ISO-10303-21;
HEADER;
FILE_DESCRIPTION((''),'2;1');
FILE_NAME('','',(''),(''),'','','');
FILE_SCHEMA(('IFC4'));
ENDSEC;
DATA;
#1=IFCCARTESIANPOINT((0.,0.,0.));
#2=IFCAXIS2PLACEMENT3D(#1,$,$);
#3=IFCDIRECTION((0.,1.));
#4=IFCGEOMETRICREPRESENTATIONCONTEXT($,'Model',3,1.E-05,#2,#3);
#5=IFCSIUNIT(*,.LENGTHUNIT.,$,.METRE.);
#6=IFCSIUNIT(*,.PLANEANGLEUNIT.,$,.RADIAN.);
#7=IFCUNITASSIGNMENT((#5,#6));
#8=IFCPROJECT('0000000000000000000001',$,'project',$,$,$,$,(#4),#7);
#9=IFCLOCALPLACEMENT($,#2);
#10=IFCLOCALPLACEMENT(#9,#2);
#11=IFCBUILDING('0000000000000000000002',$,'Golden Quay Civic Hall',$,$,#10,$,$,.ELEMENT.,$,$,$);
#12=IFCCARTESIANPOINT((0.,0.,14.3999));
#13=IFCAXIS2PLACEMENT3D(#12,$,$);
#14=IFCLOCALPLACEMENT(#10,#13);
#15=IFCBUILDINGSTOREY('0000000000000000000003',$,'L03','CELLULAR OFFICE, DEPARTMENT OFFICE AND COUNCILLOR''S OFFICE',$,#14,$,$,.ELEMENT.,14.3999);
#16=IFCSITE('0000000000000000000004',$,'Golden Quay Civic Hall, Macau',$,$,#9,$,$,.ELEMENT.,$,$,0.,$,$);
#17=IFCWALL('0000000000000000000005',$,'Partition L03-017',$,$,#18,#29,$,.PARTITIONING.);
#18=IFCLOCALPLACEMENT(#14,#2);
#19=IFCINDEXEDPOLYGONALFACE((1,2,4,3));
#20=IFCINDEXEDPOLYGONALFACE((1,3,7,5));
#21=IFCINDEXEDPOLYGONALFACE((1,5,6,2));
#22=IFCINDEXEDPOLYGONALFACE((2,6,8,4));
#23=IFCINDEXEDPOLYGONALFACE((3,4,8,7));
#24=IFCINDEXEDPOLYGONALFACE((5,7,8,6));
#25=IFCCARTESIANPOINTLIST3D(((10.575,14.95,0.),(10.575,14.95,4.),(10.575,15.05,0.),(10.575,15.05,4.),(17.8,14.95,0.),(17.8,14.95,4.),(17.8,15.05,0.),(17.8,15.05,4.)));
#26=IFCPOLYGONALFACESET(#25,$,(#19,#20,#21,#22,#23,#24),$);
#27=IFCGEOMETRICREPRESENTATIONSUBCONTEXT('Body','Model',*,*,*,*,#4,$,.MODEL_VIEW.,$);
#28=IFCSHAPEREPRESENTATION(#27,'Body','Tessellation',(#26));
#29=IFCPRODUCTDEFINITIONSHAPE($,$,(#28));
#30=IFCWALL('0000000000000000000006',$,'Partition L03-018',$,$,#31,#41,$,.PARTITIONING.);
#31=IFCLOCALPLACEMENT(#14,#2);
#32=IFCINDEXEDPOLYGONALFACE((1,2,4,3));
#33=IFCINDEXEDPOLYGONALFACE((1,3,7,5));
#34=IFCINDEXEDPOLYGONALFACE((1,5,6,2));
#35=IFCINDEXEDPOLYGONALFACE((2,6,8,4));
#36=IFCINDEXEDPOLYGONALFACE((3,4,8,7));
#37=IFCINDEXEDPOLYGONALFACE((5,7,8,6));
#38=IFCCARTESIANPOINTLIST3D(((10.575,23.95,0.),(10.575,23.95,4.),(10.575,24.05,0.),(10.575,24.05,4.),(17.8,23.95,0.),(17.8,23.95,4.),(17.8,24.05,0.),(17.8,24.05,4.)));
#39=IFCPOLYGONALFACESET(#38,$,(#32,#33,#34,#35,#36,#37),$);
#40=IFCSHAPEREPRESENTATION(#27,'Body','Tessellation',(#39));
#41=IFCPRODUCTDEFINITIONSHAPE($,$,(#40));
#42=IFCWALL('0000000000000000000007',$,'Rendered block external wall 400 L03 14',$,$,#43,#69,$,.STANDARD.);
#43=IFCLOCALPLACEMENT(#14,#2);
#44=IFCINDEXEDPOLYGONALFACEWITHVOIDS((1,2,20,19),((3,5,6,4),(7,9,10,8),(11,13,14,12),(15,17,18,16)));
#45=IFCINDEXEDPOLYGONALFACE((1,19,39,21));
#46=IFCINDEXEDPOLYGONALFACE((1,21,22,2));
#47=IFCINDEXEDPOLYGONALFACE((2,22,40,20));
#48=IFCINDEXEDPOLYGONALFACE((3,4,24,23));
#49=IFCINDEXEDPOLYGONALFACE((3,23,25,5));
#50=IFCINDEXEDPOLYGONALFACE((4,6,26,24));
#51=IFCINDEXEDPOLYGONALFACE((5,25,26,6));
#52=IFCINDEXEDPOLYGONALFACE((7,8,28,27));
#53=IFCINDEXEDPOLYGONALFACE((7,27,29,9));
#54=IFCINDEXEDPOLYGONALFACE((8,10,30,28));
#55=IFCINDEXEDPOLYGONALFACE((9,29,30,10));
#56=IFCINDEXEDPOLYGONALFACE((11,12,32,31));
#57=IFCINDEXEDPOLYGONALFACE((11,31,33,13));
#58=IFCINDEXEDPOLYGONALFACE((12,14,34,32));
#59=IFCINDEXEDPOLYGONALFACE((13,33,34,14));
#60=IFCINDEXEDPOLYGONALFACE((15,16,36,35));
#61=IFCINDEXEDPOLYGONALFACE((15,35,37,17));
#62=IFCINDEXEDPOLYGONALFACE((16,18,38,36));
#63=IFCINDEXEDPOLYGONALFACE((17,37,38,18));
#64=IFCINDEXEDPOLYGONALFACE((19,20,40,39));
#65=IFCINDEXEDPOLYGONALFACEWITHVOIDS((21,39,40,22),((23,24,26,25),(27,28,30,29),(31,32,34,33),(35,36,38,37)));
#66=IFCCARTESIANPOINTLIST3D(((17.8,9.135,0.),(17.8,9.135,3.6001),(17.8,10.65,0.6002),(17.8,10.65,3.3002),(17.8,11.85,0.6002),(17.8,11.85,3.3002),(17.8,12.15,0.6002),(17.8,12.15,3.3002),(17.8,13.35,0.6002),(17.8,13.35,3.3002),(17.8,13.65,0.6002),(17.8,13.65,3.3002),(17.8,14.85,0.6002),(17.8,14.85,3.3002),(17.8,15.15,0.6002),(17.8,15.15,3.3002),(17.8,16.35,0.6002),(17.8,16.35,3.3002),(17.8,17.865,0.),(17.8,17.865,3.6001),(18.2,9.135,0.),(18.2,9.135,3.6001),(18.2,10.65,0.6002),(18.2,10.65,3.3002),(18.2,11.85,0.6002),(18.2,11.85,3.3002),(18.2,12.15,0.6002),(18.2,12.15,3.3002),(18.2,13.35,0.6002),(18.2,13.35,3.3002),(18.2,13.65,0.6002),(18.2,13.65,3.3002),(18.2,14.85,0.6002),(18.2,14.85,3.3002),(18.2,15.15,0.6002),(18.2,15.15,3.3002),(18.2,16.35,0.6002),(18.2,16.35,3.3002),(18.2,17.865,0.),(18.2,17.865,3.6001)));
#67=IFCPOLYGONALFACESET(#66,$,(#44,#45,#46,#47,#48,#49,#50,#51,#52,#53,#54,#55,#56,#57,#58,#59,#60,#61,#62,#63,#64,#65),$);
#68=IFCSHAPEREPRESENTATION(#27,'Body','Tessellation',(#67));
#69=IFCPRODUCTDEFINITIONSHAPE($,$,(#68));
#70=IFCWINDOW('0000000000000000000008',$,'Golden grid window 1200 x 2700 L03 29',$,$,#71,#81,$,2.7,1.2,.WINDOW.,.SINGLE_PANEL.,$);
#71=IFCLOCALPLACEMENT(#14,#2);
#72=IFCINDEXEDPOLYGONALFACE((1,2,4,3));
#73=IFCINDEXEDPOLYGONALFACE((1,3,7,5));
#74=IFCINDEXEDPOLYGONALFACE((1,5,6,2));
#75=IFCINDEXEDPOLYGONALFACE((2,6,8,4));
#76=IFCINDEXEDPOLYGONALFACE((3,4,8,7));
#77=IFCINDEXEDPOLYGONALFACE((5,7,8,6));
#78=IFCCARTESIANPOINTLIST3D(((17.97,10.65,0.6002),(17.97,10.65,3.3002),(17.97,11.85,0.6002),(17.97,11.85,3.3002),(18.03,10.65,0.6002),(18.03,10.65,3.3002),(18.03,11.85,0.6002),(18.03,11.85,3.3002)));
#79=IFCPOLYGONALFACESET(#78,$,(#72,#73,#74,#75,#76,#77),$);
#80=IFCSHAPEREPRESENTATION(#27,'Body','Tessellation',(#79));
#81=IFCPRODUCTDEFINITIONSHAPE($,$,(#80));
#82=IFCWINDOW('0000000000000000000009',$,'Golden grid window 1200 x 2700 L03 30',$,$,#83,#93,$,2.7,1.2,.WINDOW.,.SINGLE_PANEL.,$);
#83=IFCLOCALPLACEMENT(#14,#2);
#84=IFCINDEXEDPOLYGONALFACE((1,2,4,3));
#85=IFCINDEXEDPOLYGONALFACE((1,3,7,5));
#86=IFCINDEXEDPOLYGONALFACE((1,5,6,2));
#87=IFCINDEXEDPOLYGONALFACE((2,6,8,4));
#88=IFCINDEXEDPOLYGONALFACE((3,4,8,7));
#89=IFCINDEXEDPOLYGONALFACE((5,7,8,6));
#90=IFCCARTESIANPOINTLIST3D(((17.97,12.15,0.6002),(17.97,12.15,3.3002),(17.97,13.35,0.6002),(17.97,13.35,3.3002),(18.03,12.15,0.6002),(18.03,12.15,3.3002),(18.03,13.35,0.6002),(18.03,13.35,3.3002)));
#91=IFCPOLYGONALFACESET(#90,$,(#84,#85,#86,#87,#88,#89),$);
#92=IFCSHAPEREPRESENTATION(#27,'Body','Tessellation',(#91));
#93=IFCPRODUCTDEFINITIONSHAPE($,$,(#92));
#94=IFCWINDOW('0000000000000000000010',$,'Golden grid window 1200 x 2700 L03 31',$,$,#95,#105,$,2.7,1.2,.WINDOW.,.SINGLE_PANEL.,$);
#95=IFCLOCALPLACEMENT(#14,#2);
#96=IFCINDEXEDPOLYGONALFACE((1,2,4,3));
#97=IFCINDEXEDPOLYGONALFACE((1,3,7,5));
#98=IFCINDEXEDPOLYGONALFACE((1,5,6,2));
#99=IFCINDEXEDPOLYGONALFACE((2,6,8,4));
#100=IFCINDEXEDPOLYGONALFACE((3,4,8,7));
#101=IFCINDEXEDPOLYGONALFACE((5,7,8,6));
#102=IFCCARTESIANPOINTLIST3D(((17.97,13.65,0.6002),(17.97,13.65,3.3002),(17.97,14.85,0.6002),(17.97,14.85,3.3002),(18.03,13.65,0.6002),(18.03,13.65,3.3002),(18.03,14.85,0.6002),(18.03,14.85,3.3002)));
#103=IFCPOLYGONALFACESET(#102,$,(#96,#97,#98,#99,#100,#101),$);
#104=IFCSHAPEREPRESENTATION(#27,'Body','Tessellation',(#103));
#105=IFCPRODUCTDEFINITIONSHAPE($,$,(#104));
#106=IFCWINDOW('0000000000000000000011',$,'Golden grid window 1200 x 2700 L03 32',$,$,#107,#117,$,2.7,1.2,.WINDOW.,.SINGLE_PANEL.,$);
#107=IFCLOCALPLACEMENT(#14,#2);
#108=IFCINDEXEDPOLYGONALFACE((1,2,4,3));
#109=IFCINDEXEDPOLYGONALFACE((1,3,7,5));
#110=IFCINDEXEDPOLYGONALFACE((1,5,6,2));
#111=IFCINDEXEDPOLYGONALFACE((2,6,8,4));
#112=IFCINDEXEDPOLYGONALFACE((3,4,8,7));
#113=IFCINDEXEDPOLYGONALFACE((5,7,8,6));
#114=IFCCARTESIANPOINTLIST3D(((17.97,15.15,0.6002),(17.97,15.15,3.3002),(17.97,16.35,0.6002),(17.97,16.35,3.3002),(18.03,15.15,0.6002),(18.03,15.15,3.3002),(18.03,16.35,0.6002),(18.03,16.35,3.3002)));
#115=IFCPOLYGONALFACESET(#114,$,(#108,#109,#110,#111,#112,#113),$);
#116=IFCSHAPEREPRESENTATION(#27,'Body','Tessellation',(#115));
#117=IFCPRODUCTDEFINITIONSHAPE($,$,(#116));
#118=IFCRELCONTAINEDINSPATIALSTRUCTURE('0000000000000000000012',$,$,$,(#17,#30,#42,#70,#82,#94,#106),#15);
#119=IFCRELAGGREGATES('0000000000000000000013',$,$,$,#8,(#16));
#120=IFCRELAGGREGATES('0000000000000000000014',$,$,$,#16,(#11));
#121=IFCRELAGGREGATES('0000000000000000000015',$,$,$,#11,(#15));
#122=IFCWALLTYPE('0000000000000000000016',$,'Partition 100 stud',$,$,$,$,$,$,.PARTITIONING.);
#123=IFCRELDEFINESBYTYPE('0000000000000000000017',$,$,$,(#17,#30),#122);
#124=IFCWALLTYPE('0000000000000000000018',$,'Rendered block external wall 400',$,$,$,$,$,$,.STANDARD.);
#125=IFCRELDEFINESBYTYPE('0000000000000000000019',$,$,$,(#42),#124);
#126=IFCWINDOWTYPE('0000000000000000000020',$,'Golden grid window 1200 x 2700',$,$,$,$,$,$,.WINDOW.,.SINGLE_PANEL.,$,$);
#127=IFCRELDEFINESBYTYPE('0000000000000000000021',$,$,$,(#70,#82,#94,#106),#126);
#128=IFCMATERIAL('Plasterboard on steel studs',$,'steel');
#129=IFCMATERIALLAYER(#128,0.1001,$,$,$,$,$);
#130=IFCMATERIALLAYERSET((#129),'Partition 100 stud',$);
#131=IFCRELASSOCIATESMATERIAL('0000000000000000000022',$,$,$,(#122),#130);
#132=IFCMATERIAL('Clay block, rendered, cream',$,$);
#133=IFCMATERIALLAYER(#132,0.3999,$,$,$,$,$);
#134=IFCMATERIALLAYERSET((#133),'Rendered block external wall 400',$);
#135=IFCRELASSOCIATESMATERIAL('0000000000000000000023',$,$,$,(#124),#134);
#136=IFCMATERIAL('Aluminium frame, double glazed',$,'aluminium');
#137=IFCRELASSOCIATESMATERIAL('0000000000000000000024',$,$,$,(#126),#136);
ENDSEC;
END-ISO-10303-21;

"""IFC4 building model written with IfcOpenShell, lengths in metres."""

from ifc_helpers import new_model, si_unit, direction, frame, frame_2d, origin, place, context, subcontext, project, spatial, rectangle, extrude, material, layer, layer_set, type_object, element, fill, save


model = new_model("IFC4")

# Units and contexts
model_context = context("Model", 3, precision=1e-05, world=origin(), true_north=direction((0.0, 1.0)))
body_context = subcontext(model_context, "Body", "Model", "MODEL_VIEW")
ifc_project = project(units=[si_unit("LENGTHUNIT", "METRE"), si_unit("PLANEANGLEUNIT", "RADIAN")], contexts=[model_context])

# Site, building, storey
site_placement = place(None, origin())
site = spatial("IfcSite", under=ifc_project, at=site_placement, Name="Golden Quay Civic Hall, Macau", CompositionType="ELEMENT", RefElevation=0.0)
building_placement = place(site_placement, origin())
building = spatial("IfcBuilding", under=site, at=building_placement, Name="Golden Quay Civic Hall", CompositionType="ELEMENT")
storey_placement = place(building_placement, frame((0.0, 0.0, 14.3999)))
storey = spatial("IfcBuildingStorey", under=building, at=storey_placement, Name="L03", Description="CELLULAR OFFICE, DEPARTMENT OFFICE AND COUNCILLOR'S OFFICE", CompositionType="ELEMENT", Elevation=14.3999)

# Walls
ifc_material_1 = material(Name="Plasterboard on steel studs", Category="steel")
ifc_layer_1 = layer(ifc_material_1, 0.1001)
ifc_layer_set_1 = layer_set([ifc_layer_1], Name="Partition 100 stud")
wall_type_1 = type_object("IfcWallType", Name="Partition 100 stud", PredefinedType="PARTITIONING", material=ifc_layer_set_1)
for number, where, z_axis, x_axis, name in (
    (1, (10.575, 15.0, 0.0), (0.0, 0.0, 1.0), (1.0, 0.0, 0.0), "Partition L03-017"),
    (2, (10.575, 24.0, 0.0), (0.0, 0.0, 1.0), (1.0, 0.0, 0.0), "Partition L03-018"),
):
    element("IfcWall", number, at=place(storey_placement, frame(where, z_axis=z_axis, x_axis=x_axis)), inside=storey, type_object=wall_type_1, Name=name, PredefinedType="PARTITIONING", context=body_context, shape_type="SweptSolid", body=[
        extrude(rectangle(XDim=7.2251, YDim=0.1001, at=frame_2d((3.6125, 0.0))), origin(), (0.0, 0.0, 1.0), 4.0),
    ])

# Wall, openings, windows
ifc_material_2 = material(Name="Clay block, rendered, cream")
ifc_layer_2 = layer(ifc_material_2, 0.3999)
ifc_layer_set_2 = layer_set([ifc_layer_2], Name="Rendered block external wall 400")
wall_type_2 = type_object("IfcWallType", Name="Rendered block external wall 400", PredefinedType="STANDARD", material=ifc_layer_set_2)
wall_1_placement = place(storey_placement, frame((18.0, 17.865, 0.0), z_axis=(0.0, 0.0, 1.0), x_axis=(0.0, -1.0, 0.0)))
wall_1 = element("IfcWall", 3, at=wall_1_placement, inside=storey, type_object=wall_type_2, Name="Rendered block external wall 400 L03 14", PredefinedType="STANDARD", context=body_context, shape_type="SweptSolid", body=[
    extrude(rectangle(XDim=8.73, YDim=0.3999, at=frame_2d((4.365, 0.0))), origin(), (0.0, 0.0, 1.0), 3.6001),
])
opening_1_placement = place(wall_1_placement, frame((6.0149, 0.0, 0.6001)))
opening_1 = element("IfcOpeningElement", 4, at=opening_1_placement, cuts=wall_1, PredefinedType="OPENING", context=body_context, shape_type="SweptSolid", body=[
    extrude(rectangle(XDim=1.2, YDim=2.7, at=frame_2d((0.6001, 1.3501))), frame((0.0, 0.21, 0.0), z_axis=(0.0, -1.0, 0.0), x_axis=(1.0, 0.0, 0.0)), (0.0, 0.0, 1.0), 0.4199),
])
opening_2_placement = place(wall_1_placement, frame((4.5149, 0.0, 0.6001)))
opening_2 = element("IfcOpeningElement", 5, at=opening_2_placement, cuts=wall_1, PredefinedType="OPENING", context=body_context, shape_type="SweptSolid", body=[
    extrude(rectangle(XDim=1.2, YDim=2.7, at=frame_2d((0.6001, 1.3501))), frame((0.0, 0.21, 0.0), z_axis=(0.0, -1.0, 0.0), x_axis=(1.0, 0.0, 0.0)), (0.0, 0.0, 1.0), 0.4199),
])
opening_3_placement = place(wall_1_placement, frame((3.0149, 0.0, 0.6001)))
opening_3 = element("IfcOpeningElement", 6, at=opening_3_placement, cuts=wall_1, PredefinedType="OPENING", context=body_context, shape_type="SweptSolid", body=[
    extrude(rectangle(XDim=1.2, YDim=2.7, at=frame_2d((0.6001, 1.3501))), frame((0.0, 0.21, 0.0), z_axis=(0.0, -1.0, 0.0), x_axis=(1.0, 0.0, 0.0)), (0.0, 0.0, 1.0), 0.4199),
])
opening_4_placement = place(wall_1_placement, frame((1.5149, 0.0, 0.6001)))
opening_4 = element("IfcOpeningElement", 7, at=opening_4_placement, cuts=wall_1, PredefinedType="OPENING", context=body_context, shape_type="SweptSolid", body=[
    extrude(rectangle(XDim=1.2, YDim=2.7, at=frame_2d((0.6001, 1.3501))), frame((0.0, 0.21, 0.0), z_axis=(0.0, -1.0, 0.0), x_axis=(1.0, 0.0, 0.0)), (0.0, 0.0, 1.0), 0.4199),
])
ifc_material_3 = material(Name="Aluminium frame, double glazed", Category="aluminium")
window_type = type_object("IfcWindowType", Name="Golden grid window 1200 x 2700", PartitioningType="SINGLE_PANEL", PredefinedType="WINDOW", material=ifc_material_3)
window_1_placement = place(opening_1_placement, origin())
window_1 = element("IfcWindow", 8, at=window_1_placement, inside=storey, type_object=window_type, Name="Golden grid window 1200 x 2700 L03 29", OverallHeight=2.7, OverallWidth=1.2, PartitioningType="SINGLE_PANEL", PredefinedType="WINDOW", context=body_context, shape_type="SweptSolid", body=[
    extrude(rectangle(XDim=1.2, YDim=2.7, at=frame_2d((0.6001, 1.3501))), frame((0.0, 0.03, 0.0), z_axis=(0.0, -1.0, 0.0), x_axis=(1.0, 0.0, 0.0)), (0.0, 0.0, 1.0), 0.0601),
])
fill(opening_1, window_1)
window_2_placement = place(opening_2_placement, origin())
window_2 = element("IfcWindow", 9, at=window_2_placement, inside=storey, type_object=window_type, Name="Golden grid window 1200 x 2700 L03 30", OverallHeight=2.7, OverallWidth=1.2, PartitioningType="SINGLE_PANEL", PredefinedType="WINDOW", context=body_context, shape_type="SweptSolid", body=[
    extrude(rectangle(XDim=1.2, YDim=2.7, at=frame_2d((0.6001, 1.3501))), frame((0.0, 0.03, 0.0), z_axis=(0.0, -1.0, 0.0), x_axis=(1.0, 0.0, 0.0)), (0.0, 0.0, 1.0), 0.0601),
])
fill(opening_2, window_2)
window_3_placement = place(opening_3_placement, origin())
window_3 = element("IfcWindow", 10, at=window_3_placement, inside=storey, type_object=window_type, Name="Golden grid window 1200 x 2700 L03 31", OverallHeight=2.7, OverallWidth=1.2, PartitioningType="SINGLE_PANEL", PredefinedType="WINDOW", context=body_context, shape_type="SweptSolid", body=[
    extrude(rectangle(XDim=1.2, YDim=2.7, at=frame_2d((0.6001, 1.3501))), frame((0.0, 0.03, 0.0), z_axis=(0.0, -1.0, 0.0), x_axis=(1.0, 0.0, 0.0)), (0.0, 0.0, 1.0), 0.0601),
])
fill(opening_3, window_3)
window_4_placement = place(opening_4_placement, origin())
window_4 = element("IfcWindow", 11, at=window_4_placement, inside=storey, type_object=window_type, Name="Golden grid window 1200 x 2700 L03 32", OverallHeight=2.7, OverallWidth=1.2, PartitioningType="SINGLE_PANEL", PredefinedType="WINDOW", context=body_context, shape_type="SweptSolid", body=[
    extrude(rectangle(XDim=1.2, YDim=2.7, at=frame_2d((0.6001, 1.3501))), frame((0.0, 0.03, 0.0), z_axis=(0.0, -1.0, 0.0), x_axis=(1.0, 0.0, 0.0)), (0.0, 0.0, 1.0), 0.0601),
])
fill(opening_4, window_4)

save(model, "model.ifc")
